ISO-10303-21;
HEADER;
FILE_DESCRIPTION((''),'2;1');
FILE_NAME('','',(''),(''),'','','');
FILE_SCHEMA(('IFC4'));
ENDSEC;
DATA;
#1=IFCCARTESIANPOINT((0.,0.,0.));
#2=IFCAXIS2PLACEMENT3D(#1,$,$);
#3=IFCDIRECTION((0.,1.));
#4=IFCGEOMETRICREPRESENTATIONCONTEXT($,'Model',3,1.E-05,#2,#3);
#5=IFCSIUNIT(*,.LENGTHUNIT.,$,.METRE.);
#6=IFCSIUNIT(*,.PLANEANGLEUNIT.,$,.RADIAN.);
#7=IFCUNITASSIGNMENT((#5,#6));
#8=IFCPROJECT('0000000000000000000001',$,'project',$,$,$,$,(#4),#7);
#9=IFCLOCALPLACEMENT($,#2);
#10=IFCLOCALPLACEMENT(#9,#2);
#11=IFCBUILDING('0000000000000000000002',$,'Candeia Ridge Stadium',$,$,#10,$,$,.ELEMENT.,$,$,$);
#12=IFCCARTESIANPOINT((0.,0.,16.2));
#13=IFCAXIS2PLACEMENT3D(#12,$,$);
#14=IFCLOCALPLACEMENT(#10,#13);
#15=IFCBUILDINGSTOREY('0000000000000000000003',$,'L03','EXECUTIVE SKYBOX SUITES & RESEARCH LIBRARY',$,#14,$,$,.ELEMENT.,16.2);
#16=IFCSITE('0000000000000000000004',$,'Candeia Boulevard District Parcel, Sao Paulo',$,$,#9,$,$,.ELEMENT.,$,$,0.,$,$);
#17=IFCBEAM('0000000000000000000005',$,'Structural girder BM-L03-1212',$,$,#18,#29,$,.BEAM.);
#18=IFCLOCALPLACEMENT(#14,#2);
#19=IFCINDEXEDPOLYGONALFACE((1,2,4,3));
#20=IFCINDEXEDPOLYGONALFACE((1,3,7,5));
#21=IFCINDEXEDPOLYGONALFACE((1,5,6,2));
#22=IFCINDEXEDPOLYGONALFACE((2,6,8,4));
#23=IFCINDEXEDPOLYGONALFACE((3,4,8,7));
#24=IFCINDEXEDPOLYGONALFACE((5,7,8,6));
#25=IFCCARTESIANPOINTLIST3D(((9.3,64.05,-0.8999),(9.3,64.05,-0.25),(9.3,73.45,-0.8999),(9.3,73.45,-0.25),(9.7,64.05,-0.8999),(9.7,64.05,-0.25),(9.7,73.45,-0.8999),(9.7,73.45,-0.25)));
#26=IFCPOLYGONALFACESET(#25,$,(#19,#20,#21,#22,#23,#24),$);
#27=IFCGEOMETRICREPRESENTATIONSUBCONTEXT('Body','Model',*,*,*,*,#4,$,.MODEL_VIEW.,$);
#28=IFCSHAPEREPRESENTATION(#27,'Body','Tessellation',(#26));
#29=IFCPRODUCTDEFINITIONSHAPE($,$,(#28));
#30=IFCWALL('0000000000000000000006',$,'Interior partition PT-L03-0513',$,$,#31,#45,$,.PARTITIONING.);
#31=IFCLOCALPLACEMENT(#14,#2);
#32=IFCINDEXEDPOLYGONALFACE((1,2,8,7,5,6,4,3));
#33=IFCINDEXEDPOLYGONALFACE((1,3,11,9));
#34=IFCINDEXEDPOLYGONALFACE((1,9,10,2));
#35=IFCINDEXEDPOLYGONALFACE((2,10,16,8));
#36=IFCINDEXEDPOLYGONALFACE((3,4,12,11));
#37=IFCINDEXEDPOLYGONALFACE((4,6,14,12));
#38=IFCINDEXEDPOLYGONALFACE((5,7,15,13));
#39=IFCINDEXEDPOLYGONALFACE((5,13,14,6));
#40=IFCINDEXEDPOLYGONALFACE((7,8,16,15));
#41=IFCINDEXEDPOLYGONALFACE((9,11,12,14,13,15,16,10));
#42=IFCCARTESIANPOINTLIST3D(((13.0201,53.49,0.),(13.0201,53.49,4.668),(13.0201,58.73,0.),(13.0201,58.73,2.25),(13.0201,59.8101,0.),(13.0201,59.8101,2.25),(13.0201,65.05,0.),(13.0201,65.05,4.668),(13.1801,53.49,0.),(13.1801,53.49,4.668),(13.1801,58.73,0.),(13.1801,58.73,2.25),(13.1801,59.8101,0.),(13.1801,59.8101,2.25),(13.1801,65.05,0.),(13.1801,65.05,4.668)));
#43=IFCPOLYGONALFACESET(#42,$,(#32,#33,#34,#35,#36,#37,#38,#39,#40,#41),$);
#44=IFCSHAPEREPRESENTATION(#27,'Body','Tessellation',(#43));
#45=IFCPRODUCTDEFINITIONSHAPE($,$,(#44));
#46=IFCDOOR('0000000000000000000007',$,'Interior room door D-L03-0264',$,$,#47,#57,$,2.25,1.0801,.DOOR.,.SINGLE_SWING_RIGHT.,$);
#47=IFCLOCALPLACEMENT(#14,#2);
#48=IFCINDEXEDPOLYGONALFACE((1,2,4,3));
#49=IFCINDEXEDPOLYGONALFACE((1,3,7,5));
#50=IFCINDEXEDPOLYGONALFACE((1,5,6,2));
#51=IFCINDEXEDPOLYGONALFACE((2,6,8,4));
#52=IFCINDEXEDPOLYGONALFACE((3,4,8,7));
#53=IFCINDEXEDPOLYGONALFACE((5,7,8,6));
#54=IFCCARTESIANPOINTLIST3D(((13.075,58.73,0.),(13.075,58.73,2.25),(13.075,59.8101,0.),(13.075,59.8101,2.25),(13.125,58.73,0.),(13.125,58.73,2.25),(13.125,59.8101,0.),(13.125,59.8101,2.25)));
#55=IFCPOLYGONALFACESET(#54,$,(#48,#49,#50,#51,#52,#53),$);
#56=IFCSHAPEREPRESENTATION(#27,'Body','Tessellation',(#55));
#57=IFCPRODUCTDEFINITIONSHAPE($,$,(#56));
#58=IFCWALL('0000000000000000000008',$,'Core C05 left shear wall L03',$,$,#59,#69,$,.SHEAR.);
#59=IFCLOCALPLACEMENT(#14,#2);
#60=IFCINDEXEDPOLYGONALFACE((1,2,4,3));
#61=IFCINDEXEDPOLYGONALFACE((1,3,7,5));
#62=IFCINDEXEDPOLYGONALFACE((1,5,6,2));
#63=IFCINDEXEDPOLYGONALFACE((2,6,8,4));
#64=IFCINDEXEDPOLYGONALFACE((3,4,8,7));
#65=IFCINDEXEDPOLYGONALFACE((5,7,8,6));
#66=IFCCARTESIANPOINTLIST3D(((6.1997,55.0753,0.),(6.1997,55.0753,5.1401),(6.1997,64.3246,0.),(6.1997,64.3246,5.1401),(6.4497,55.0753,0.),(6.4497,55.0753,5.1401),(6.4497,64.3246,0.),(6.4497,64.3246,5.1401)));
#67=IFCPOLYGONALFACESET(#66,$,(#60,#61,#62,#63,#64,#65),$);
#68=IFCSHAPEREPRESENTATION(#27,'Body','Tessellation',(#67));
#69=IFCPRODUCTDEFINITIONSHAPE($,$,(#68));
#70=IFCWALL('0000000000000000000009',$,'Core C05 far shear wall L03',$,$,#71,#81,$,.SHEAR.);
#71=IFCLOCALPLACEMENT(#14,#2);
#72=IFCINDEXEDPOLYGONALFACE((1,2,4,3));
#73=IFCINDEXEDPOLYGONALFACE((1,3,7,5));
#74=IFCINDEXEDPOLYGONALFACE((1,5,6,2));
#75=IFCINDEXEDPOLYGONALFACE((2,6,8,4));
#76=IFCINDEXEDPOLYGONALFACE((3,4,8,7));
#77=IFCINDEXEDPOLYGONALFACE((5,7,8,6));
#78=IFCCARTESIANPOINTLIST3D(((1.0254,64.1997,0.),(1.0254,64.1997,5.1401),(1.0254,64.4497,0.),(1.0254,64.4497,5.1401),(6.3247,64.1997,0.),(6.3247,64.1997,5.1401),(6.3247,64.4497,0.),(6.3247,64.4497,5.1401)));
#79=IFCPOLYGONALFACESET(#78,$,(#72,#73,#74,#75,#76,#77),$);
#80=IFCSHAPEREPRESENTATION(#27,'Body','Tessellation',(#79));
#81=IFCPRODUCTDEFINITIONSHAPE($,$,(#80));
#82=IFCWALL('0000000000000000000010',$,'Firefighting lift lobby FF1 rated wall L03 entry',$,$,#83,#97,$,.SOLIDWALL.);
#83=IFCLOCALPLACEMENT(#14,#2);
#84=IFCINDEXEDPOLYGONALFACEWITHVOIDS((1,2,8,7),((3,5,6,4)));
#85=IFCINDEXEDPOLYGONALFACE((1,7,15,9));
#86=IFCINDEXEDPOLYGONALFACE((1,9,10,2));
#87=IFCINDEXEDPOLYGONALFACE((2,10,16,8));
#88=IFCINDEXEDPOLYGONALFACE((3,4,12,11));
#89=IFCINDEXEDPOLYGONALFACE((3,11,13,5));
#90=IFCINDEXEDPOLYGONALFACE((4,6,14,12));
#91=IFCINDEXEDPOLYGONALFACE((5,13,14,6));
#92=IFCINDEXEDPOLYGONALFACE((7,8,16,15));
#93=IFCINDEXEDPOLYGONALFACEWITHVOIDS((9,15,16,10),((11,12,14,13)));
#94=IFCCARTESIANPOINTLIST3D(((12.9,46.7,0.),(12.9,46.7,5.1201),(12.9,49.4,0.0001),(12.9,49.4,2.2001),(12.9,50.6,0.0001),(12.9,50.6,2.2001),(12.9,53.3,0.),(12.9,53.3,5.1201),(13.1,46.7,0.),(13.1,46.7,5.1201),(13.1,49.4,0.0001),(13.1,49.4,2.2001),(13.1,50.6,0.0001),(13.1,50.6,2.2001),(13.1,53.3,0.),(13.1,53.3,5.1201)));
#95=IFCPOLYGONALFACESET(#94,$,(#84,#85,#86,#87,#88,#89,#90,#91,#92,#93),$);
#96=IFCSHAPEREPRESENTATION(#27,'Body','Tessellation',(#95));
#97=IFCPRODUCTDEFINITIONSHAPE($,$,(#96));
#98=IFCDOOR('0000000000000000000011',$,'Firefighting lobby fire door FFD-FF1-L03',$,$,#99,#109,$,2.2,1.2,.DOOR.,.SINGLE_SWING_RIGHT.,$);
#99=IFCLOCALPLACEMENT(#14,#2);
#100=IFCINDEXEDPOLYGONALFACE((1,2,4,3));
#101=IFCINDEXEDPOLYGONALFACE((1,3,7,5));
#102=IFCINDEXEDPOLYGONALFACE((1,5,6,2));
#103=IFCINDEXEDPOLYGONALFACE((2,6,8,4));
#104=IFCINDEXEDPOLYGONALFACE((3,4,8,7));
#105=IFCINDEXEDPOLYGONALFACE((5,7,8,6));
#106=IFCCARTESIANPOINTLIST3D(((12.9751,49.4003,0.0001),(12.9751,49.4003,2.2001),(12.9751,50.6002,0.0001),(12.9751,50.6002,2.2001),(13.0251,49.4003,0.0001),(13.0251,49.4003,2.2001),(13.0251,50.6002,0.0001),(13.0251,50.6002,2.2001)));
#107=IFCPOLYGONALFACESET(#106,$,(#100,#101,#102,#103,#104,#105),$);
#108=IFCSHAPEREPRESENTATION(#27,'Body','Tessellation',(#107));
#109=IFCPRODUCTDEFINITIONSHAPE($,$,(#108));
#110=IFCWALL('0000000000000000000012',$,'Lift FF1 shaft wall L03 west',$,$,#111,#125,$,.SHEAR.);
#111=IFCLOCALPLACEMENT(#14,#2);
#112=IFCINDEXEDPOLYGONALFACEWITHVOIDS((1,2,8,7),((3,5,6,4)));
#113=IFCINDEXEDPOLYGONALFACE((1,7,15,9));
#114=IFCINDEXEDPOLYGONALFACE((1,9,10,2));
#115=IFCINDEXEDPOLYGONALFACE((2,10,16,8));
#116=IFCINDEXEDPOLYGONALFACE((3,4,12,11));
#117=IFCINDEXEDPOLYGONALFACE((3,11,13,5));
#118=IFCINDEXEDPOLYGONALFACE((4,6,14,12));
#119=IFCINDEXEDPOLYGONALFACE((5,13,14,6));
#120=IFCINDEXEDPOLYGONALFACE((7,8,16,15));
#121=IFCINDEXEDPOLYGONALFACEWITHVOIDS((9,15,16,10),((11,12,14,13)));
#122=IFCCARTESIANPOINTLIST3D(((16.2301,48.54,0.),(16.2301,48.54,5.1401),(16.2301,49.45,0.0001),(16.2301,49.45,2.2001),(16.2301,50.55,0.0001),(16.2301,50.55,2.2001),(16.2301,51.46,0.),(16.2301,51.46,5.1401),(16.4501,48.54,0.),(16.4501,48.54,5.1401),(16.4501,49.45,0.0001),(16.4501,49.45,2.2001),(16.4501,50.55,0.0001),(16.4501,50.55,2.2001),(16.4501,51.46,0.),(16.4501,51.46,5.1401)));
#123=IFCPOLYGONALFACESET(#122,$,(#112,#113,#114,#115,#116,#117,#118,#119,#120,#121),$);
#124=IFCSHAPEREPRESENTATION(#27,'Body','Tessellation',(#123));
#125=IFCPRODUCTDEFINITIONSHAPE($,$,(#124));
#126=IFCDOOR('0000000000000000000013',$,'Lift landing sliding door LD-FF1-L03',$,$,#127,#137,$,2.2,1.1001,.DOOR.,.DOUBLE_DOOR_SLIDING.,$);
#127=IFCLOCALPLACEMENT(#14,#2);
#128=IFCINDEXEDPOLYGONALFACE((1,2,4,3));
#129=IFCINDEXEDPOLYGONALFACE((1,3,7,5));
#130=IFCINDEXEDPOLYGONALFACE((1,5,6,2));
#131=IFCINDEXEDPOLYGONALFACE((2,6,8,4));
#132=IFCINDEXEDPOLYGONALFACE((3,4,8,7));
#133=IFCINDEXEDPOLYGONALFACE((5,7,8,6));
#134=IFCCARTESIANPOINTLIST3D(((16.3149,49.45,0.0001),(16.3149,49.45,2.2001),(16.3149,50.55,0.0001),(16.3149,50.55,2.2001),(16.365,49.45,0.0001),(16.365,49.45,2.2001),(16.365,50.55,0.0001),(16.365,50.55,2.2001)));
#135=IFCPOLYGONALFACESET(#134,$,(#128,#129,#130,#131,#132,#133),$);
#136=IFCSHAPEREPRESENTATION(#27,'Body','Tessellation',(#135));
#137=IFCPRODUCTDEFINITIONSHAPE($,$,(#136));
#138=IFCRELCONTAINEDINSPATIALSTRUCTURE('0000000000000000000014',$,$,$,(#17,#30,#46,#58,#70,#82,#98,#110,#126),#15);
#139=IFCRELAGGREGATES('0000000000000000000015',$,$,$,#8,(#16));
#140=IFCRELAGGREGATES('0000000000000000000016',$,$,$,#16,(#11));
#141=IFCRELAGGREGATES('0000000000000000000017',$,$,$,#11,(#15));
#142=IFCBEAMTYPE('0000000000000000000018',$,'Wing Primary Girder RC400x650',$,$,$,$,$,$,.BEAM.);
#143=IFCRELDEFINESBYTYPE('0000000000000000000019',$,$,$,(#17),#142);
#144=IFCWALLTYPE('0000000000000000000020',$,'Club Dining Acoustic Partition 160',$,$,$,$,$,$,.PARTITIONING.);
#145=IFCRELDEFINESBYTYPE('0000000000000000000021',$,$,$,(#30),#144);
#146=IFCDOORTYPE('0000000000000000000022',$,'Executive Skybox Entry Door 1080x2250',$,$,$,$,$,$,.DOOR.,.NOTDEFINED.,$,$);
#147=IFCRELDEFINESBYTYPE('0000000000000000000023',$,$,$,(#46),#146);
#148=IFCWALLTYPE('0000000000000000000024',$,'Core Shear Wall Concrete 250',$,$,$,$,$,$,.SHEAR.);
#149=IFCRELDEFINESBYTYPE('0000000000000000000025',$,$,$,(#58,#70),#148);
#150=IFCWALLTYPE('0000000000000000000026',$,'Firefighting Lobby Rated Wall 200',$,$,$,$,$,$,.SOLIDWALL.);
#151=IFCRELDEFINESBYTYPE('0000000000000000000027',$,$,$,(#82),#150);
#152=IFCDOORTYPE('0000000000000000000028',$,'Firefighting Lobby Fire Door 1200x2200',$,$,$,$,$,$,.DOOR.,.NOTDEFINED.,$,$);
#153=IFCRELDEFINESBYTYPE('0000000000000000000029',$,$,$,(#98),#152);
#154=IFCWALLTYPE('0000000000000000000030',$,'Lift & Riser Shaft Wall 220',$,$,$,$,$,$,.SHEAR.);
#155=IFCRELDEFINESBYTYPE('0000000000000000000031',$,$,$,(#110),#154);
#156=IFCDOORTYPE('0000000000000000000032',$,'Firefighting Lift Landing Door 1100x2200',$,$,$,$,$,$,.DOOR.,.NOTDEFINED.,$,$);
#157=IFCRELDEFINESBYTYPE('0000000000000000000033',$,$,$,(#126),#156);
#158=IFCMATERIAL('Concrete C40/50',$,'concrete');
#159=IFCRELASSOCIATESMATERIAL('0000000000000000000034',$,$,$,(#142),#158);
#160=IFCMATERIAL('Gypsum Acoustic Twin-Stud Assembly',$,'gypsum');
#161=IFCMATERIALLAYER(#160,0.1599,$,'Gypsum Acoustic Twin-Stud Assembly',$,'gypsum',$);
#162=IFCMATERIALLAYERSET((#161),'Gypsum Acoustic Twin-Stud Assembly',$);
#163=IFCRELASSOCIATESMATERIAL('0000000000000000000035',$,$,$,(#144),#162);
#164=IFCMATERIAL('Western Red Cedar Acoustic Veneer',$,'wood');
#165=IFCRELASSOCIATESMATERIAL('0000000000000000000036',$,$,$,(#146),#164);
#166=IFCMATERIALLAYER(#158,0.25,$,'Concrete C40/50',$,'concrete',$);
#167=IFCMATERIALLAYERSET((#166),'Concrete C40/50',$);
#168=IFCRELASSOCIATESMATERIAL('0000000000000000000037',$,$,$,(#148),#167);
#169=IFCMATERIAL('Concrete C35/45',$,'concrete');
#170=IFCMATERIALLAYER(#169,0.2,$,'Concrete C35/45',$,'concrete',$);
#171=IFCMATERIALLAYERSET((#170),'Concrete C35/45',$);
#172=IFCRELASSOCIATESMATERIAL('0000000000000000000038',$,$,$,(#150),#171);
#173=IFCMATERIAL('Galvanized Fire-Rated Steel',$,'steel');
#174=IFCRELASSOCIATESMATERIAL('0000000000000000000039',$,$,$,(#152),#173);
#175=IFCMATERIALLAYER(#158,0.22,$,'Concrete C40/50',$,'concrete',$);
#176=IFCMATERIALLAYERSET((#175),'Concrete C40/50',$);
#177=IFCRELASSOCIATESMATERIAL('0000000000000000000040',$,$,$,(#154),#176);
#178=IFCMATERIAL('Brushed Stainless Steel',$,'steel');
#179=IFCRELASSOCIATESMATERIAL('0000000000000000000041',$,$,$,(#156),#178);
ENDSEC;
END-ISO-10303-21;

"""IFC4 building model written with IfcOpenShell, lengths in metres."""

from ifc_helpers import new_model, si_unit, direction, frame, frame_2d, origin, origin_2d, place, context, subcontext, project, spatial, rectangle, extrude, material, layer, layer_set, material_profile, profile_set, type_object, element, fill, save


model = new_model("IFC4")

# Units and contexts
model_context = context("Model", 3, precision=1e-05, world=origin(), true_north=direction((0.0, 1.0)))
body_context = subcontext(model_context, "Body", "Model", "MODEL_VIEW")
ifc_project = project(units=[si_unit("LENGTHUNIT", "METRE"), si_unit("PLANEANGLEUNIT", "RADIAN")], contexts=[model_context])

# Site, building, storey
site_placement = place(None, origin())
site = spatial("IfcSite", under=ifc_project, at=site_placement, Name="Candeia Boulevard District Parcel, Sao Paulo", CompositionType="ELEMENT", RefElevation=0.0)
building_placement = place(site_placement, origin())
building = spatial("IfcBuilding", under=site, at=building_placement, Name="Candeia Ridge Stadium", CompositionType="ELEMENT")
storey_placement = place(building_placement, frame((0.0, 0.0, 16.2)))
storey = spatial("IfcBuildingStorey", under=building, at=storey_placement, Name="L03", Description="EXECUTIVE SKYBOX SUITES & RESEARCH LIBRARY", CompositionType="ELEMENT", Elevation=16.2)

# Shared definitions
ifc_material_1 = material(Name="Concrete C40/50", Category="concrete")

# Beam
ifc_material_profile_1 = material_profile(ifc_material_1, rectangle(XDim=0.3999, YDim=0.6499, at=origin_2d()), Name="RC400x650", Category="concrete")
ifc_profile_set_1 = profile_set([ifc_material_profile_1], Name="Concrete C40/50")
beam_type_1 = type_object("IfcBeamType", Name="Wing Primary Girder RC400x650", PredefinedType="BEAM", material=ifc_profile_set_1)
for number, where, z_axis, x_axis, name in (
    (1, (9.5, 64.05, -0.575), (0.0, 1.0, 0.0), (-1.0, 0.0, 0.0), "Structural girder BM-L03-1212"),
):
    element("IfcBeam", number, at=place(storey_placement, frame(where, z_axis=z_axis, x_axis=x_axis)), inside=storey, type_object=beam_type_1, Name=name, PredefinedType="BEAM", context=body_context, shape_type="SweptSolid", body=[
        extrude(rectangle(XDim=0.3999, YDim=0.6499, at=origin_2d()), origin(), (0.0, 0.0, 1.0), 9.3999),
    ])

# Wall, opening, door
ifc_material_2 = material(Name="Gypsum Acoustic Twin-Stud Assembly", Category="gypsum")
ifc_layer_1 = layer(ifc_material_2, 0.1599, Name="Gypsum Acoustic Twin-Stud Assembly", Category="gypsum")
ifc_layer_set_1 = layer_set([ifc_layer_1], Name="Gypsum Acoustic Twin-Stud Assembly")
wall_type_1 = type_object("IfcWallType", Name="Club Dining Acoustic Partition 160", PredefinedType="PARTITIONING", material=ifc_layer_set_1)
wall_1_placement = place(storey_placement, frame((13.1001, 53.49, 0.0), z_axis=(0.0, 0.0, 1.0), x_axis=(0.0, 1.0, 0.0)))
wall_1 = element("IfcWall", 2, at=wall_1_placement, inside=storey, type_object=wall_type_1, Name="Interior partition PT-L03-0513", PredefinedType="PARTITIONING", context=body_context, shape_type="SweptSolid", body=[
    extrude(rectangle(XDim=11.5601, YDim=0.1599, at=frame_2d((5.78, 0.0))), origin(), (0.0, 0.0, 1.0), 4.668),
])
opening_1_placement = place(wall_1_placement, frame((5.24, 0.0, 0.0)))
opening_1 = element("IfcOpeningElement", 3, at=opening_1_placement, cuts=wall_1, PredefinedType="OPENING", context=body_context, shape_type="SweptSolid", body=[
    extrude(rectangle(XDim=1.0801, YDim=2.25, at=frame_2d((0.54, 1.125))), frame((0.0, 0.0898, 0.0), z_axis=(0.0, -1.0, 0.0), x_axis=(1.0, 0.0, 0.0)), (0.0, 0.0, 1.0), 0.1799),
])
ifc_material_3 = material(Name="Western Red Cedar Acoustic Veneer", Category="wood")
door_type_1 = type_object("IfcDoorType", Name="Executive Skybox Entry Door 1080x2250", OperationType="NOTDEFINED", PredefinedType="DOOR", material=ifc_material_3)
door_1_placement = place(opening_1_placement, frame((1.0801, 0.0, 0.0), z_axis=(0.0, 0.0, 1.0), x_axis=(-1.0, 0.0, 0.0)))
door_1 = element("IfcDoor", 4, at=door_1_placement, inside=storey, type_object=door_type_1, Name="Interior room door D-L03-0264", OperationType="SINGLE_SWING_RIGHT", OverallHeight=2.25, OverallWidth=1.0801, PredefinedType="DOOR", context=body_context, shape_type="SweptSolid", body=[
    extrude(rectangle(XDim=1.0801, YDim=2.25, at=frame_2d((0.54, 1.125))), frame((0.0, 0.0249, 0.0), z_axis=(0.0, -1.0, 0.0), x_axis=(1.0, 0.0, 0.0)), (0.0, 0.0, 1.0), 0.05),
])
fill(opening_1, door_1)

# Walls
ifc_layer_2 = layer(ifc_material_1, 0.25, Name="Concrete C40/50", Category="concrete")
ifc_layer_set_2 = layer_set([ifc_layer_2], Name="Concrete C40/50")
wall_type_2 = type_object("IfcWallType", Name="Core Shear Wall Concrete 250", PredefinedType="SHEAR", material=ifc_layer_set_2)
wall_2_placement = place(storey_placement, frame((6.3247, 55.0754, 0.0), z_axis=(0.0, 0.0, 1.0), x_axis=(0.0, 1.0, 0.0)))
element("IfcWall", 5, at=wall_2_placement, inside=storey, type_object=wall_type_2, Name="Core C05 left shear wall L03", PredefinedType="SHEAR", context=body_context, shape_type="SweptSolid", body=[
    extrude(rectangle(XDim=9.2493, YDim=0.25, at=frame_2d((4.6245, 0.0))), origin(), (0.0, 0.0, 1.0), 5.1401),
])
wall_3_placement = place(storey_placement, frame((6.3247, 64.3247, 0.0), z_axis=(0.0, 0.0, 1.0), x_axis=(-1.0, 0.0, 0.0)))
element("IfcWall", 6, at=wall_3_placement, inside=storey, type_object=wall_type_2, Name="Core C05 far shear wall L03", PredefinedType="SHEAR", context=body_context, shape_type="SweptSolid", body=[
    extrude(rectangle(XDim=5.2993, YDim=0.25, at=frame_2d((2.6497, 0.0))), origin(), (0.0, 0.0, 1.0), 5.1401),
])

# Walls, openings, doors
ifc_material_4 = material(Name="Concrete C35/45", Category="concrete")
ifc_layer_3 = layer(ifc_material_4, 0.2, Name="Concrete C35/45", Category="concrete")
ifc_layer_set_3 = layer_set([ifc_layer_3], Name="Concrete C35/45")
wall_type_3 = type_object("IfcWallType", Name="Firefighting Lobby Rated Wall 200", PredefinedType="SOLIDWALL", material=ifc_layer_set_3)
wall_4_placement = place(storey_placement, frame((13.0, 53.3, 0.0), z_axis=(0.0, 0.0, 1.0), x_axis=(0.0, -1.0, 0.0)))
wall_4 = element("IfcWall", 7, at=wall_4_placement, inside=storey, type_object=wall_type_3, Name="Firefighting lift lobby FF1 rated wall L03 entry", PredefinedType="SOLIDWALL", context=body_context, shape_type="SweptSolid", body=[
    extrude(rectangle(XDim=6.6001, YDim=0.2, at=frame_2d((3.3, 0.0))), origin(), (0.0, 0.0, 1.0), 5.1201),
])
opening_2_placement = place(wall_4_placement, frame((2.7, 0.0, 0.0)))
opening_2 = element("IfcOpeningElement", 8, at=opening_2_placement, cuts=wall_4, PredefinedType="OPENING", context=body_context, shape_type="SweptSolid", body=[
    extrude(rectangle(XDim=1.2, YDim=2.2, at=frame_2d((0.6001, 1.1001))), frame((0.0, 0.1099, 0.0), z_axis=(0.0, -1.0, 0.0), x_axis=(1.0, 0.0, 0.0)), (0.0, 0.0, 1.0), 0.22),
])
ifc_material_5 = material(Name="Galvanized Fire-Rated Steel", Category="steel")
door_type_2 = type_object("IfcDoorType", Name="Firefighting Lobby Fire Door 1200x2200", OperationType="NOTDEFINED", PredefinedType="DOOR", material=ifc_material_5)
door_2_placement = place(opening_2_placement, frame((1.2, 0.0, 0.0), z_axis=(0.0, 0.0, 1.0), x_axis=(-1.0, 0.0, 0.0)))
door_2 = element("IfcDoor", 9, at=door_2_placement, inside=storey, type_object=door_type_2, Name="Firefighting lobby fire door FFD-FF1-L03", OperationType="SINGLE_SWING_RIGHT", OverallHeight=2.2, OverallWidth=1.2, PredefinedType="DOOR", context=body_context, shape_type="SweptSolid", body=[
    extrude(rectangle(XDim=1.2, YDim=2.2, at=frame_2d((0.6001, 1.1001))), frame((0.0, 0.0249, 0.0), z_axis=(0.0, -1.0, 0.0), x_axis=(1.0, 0.0, 0.0)), (0.0, 0.0, 1.0), 0.05),
])
fill(opening_2, door_2)
ifc_layer_4 = layer(ifc_material_1, 0.22, Name="Concrete C40/50", Category="concrete")
ifc_layer_set_4 = layer_set([ifc_layer_4], Name="Concrete C40/50")
wall_type_4 = type_object("IfcWallType", Name="Lift & Riser Shaft Wall 220", PredefinedType="SHEAR", material=ifc_layer_set_4)
wall_5_placement = place(storey_placement, frame((16.3401, 51.46, 0.0), z_axis=(0.0, 0.0, 1.0), x_axis=(0.0, -1.0, 0.0)))
wall_5 = element("IfcWall", 10, at=wall_5_placement, inside=storey, type_object=wall_type_4, Name="Lift FF1 shaft wall L03 west", PredefinedType="SHEAR", context=body_context, shape_type="SweptSolid", body=[
    extrude(rectangle(XDim=2.9199, YDim=0.22, at=frame_2d((1.46, 0.0))), origin(), (0.0, 0.0, 1.0), 5.1401),
])
opening_3_placement = place(wall_5_placement, frame((0.9099, 0.0, 0.0)))
opening_3 = element("IfcOpeningElement", 11, at=opening_3_placement, cuts=wall_5, PredefinedType="OPENING", context=body_context, shape_type="SweptSolid", body=[
    extrude(rectangle(XDim=1.1001, YDim=2.2, at=frame_2d((0.55, 1.1001))), frame((0.0, 0.1199, 0.0), z_axis=(0.0, -1.0, 0.0), x_axis=(1.0, 0.0, 0.0)), (0.0, 0.0, 1.0), 0.24),
])
ifc_material_6 = material(Name="Brushed Stainless Steel", Category="steel")
door_type_3 = type_object("IfcDoorType", Name="Firefighting Lift Landing Door 1100x2200", OperationType="NOTDEFINED", PredefinedType="DOOR", material=ifc_material_6)
door_3_placement = place(opening_3_placement, origin())
door_3 = element("IfcDoor", 12, at=door_3_placement, inside=storey, type_object=door_type_3, Name="Lift landing sliding door LD-FF1-L03", OperationType="DOUBLE_DOOR_SLIDING", OverallHeight=2.2, OverallWidth=1.1001, PredefinedType="DOOR", context=body_context, shape_type="SweptSolid", body=[
    extrude(rectangle(XDim=1.1001, YDim=2.2, at=frame_2d((0.55, 1.1001))), frame((0.0, 0.0249, 0.0), z_axis=(0.0, -1.0, 0.0), x_axis=(1.0, 0.0, 0.0)), (0.0, 0.0, 1.0), 0.05),
])
fill(opening_3, door_3)

save(model, "model.ifc")
